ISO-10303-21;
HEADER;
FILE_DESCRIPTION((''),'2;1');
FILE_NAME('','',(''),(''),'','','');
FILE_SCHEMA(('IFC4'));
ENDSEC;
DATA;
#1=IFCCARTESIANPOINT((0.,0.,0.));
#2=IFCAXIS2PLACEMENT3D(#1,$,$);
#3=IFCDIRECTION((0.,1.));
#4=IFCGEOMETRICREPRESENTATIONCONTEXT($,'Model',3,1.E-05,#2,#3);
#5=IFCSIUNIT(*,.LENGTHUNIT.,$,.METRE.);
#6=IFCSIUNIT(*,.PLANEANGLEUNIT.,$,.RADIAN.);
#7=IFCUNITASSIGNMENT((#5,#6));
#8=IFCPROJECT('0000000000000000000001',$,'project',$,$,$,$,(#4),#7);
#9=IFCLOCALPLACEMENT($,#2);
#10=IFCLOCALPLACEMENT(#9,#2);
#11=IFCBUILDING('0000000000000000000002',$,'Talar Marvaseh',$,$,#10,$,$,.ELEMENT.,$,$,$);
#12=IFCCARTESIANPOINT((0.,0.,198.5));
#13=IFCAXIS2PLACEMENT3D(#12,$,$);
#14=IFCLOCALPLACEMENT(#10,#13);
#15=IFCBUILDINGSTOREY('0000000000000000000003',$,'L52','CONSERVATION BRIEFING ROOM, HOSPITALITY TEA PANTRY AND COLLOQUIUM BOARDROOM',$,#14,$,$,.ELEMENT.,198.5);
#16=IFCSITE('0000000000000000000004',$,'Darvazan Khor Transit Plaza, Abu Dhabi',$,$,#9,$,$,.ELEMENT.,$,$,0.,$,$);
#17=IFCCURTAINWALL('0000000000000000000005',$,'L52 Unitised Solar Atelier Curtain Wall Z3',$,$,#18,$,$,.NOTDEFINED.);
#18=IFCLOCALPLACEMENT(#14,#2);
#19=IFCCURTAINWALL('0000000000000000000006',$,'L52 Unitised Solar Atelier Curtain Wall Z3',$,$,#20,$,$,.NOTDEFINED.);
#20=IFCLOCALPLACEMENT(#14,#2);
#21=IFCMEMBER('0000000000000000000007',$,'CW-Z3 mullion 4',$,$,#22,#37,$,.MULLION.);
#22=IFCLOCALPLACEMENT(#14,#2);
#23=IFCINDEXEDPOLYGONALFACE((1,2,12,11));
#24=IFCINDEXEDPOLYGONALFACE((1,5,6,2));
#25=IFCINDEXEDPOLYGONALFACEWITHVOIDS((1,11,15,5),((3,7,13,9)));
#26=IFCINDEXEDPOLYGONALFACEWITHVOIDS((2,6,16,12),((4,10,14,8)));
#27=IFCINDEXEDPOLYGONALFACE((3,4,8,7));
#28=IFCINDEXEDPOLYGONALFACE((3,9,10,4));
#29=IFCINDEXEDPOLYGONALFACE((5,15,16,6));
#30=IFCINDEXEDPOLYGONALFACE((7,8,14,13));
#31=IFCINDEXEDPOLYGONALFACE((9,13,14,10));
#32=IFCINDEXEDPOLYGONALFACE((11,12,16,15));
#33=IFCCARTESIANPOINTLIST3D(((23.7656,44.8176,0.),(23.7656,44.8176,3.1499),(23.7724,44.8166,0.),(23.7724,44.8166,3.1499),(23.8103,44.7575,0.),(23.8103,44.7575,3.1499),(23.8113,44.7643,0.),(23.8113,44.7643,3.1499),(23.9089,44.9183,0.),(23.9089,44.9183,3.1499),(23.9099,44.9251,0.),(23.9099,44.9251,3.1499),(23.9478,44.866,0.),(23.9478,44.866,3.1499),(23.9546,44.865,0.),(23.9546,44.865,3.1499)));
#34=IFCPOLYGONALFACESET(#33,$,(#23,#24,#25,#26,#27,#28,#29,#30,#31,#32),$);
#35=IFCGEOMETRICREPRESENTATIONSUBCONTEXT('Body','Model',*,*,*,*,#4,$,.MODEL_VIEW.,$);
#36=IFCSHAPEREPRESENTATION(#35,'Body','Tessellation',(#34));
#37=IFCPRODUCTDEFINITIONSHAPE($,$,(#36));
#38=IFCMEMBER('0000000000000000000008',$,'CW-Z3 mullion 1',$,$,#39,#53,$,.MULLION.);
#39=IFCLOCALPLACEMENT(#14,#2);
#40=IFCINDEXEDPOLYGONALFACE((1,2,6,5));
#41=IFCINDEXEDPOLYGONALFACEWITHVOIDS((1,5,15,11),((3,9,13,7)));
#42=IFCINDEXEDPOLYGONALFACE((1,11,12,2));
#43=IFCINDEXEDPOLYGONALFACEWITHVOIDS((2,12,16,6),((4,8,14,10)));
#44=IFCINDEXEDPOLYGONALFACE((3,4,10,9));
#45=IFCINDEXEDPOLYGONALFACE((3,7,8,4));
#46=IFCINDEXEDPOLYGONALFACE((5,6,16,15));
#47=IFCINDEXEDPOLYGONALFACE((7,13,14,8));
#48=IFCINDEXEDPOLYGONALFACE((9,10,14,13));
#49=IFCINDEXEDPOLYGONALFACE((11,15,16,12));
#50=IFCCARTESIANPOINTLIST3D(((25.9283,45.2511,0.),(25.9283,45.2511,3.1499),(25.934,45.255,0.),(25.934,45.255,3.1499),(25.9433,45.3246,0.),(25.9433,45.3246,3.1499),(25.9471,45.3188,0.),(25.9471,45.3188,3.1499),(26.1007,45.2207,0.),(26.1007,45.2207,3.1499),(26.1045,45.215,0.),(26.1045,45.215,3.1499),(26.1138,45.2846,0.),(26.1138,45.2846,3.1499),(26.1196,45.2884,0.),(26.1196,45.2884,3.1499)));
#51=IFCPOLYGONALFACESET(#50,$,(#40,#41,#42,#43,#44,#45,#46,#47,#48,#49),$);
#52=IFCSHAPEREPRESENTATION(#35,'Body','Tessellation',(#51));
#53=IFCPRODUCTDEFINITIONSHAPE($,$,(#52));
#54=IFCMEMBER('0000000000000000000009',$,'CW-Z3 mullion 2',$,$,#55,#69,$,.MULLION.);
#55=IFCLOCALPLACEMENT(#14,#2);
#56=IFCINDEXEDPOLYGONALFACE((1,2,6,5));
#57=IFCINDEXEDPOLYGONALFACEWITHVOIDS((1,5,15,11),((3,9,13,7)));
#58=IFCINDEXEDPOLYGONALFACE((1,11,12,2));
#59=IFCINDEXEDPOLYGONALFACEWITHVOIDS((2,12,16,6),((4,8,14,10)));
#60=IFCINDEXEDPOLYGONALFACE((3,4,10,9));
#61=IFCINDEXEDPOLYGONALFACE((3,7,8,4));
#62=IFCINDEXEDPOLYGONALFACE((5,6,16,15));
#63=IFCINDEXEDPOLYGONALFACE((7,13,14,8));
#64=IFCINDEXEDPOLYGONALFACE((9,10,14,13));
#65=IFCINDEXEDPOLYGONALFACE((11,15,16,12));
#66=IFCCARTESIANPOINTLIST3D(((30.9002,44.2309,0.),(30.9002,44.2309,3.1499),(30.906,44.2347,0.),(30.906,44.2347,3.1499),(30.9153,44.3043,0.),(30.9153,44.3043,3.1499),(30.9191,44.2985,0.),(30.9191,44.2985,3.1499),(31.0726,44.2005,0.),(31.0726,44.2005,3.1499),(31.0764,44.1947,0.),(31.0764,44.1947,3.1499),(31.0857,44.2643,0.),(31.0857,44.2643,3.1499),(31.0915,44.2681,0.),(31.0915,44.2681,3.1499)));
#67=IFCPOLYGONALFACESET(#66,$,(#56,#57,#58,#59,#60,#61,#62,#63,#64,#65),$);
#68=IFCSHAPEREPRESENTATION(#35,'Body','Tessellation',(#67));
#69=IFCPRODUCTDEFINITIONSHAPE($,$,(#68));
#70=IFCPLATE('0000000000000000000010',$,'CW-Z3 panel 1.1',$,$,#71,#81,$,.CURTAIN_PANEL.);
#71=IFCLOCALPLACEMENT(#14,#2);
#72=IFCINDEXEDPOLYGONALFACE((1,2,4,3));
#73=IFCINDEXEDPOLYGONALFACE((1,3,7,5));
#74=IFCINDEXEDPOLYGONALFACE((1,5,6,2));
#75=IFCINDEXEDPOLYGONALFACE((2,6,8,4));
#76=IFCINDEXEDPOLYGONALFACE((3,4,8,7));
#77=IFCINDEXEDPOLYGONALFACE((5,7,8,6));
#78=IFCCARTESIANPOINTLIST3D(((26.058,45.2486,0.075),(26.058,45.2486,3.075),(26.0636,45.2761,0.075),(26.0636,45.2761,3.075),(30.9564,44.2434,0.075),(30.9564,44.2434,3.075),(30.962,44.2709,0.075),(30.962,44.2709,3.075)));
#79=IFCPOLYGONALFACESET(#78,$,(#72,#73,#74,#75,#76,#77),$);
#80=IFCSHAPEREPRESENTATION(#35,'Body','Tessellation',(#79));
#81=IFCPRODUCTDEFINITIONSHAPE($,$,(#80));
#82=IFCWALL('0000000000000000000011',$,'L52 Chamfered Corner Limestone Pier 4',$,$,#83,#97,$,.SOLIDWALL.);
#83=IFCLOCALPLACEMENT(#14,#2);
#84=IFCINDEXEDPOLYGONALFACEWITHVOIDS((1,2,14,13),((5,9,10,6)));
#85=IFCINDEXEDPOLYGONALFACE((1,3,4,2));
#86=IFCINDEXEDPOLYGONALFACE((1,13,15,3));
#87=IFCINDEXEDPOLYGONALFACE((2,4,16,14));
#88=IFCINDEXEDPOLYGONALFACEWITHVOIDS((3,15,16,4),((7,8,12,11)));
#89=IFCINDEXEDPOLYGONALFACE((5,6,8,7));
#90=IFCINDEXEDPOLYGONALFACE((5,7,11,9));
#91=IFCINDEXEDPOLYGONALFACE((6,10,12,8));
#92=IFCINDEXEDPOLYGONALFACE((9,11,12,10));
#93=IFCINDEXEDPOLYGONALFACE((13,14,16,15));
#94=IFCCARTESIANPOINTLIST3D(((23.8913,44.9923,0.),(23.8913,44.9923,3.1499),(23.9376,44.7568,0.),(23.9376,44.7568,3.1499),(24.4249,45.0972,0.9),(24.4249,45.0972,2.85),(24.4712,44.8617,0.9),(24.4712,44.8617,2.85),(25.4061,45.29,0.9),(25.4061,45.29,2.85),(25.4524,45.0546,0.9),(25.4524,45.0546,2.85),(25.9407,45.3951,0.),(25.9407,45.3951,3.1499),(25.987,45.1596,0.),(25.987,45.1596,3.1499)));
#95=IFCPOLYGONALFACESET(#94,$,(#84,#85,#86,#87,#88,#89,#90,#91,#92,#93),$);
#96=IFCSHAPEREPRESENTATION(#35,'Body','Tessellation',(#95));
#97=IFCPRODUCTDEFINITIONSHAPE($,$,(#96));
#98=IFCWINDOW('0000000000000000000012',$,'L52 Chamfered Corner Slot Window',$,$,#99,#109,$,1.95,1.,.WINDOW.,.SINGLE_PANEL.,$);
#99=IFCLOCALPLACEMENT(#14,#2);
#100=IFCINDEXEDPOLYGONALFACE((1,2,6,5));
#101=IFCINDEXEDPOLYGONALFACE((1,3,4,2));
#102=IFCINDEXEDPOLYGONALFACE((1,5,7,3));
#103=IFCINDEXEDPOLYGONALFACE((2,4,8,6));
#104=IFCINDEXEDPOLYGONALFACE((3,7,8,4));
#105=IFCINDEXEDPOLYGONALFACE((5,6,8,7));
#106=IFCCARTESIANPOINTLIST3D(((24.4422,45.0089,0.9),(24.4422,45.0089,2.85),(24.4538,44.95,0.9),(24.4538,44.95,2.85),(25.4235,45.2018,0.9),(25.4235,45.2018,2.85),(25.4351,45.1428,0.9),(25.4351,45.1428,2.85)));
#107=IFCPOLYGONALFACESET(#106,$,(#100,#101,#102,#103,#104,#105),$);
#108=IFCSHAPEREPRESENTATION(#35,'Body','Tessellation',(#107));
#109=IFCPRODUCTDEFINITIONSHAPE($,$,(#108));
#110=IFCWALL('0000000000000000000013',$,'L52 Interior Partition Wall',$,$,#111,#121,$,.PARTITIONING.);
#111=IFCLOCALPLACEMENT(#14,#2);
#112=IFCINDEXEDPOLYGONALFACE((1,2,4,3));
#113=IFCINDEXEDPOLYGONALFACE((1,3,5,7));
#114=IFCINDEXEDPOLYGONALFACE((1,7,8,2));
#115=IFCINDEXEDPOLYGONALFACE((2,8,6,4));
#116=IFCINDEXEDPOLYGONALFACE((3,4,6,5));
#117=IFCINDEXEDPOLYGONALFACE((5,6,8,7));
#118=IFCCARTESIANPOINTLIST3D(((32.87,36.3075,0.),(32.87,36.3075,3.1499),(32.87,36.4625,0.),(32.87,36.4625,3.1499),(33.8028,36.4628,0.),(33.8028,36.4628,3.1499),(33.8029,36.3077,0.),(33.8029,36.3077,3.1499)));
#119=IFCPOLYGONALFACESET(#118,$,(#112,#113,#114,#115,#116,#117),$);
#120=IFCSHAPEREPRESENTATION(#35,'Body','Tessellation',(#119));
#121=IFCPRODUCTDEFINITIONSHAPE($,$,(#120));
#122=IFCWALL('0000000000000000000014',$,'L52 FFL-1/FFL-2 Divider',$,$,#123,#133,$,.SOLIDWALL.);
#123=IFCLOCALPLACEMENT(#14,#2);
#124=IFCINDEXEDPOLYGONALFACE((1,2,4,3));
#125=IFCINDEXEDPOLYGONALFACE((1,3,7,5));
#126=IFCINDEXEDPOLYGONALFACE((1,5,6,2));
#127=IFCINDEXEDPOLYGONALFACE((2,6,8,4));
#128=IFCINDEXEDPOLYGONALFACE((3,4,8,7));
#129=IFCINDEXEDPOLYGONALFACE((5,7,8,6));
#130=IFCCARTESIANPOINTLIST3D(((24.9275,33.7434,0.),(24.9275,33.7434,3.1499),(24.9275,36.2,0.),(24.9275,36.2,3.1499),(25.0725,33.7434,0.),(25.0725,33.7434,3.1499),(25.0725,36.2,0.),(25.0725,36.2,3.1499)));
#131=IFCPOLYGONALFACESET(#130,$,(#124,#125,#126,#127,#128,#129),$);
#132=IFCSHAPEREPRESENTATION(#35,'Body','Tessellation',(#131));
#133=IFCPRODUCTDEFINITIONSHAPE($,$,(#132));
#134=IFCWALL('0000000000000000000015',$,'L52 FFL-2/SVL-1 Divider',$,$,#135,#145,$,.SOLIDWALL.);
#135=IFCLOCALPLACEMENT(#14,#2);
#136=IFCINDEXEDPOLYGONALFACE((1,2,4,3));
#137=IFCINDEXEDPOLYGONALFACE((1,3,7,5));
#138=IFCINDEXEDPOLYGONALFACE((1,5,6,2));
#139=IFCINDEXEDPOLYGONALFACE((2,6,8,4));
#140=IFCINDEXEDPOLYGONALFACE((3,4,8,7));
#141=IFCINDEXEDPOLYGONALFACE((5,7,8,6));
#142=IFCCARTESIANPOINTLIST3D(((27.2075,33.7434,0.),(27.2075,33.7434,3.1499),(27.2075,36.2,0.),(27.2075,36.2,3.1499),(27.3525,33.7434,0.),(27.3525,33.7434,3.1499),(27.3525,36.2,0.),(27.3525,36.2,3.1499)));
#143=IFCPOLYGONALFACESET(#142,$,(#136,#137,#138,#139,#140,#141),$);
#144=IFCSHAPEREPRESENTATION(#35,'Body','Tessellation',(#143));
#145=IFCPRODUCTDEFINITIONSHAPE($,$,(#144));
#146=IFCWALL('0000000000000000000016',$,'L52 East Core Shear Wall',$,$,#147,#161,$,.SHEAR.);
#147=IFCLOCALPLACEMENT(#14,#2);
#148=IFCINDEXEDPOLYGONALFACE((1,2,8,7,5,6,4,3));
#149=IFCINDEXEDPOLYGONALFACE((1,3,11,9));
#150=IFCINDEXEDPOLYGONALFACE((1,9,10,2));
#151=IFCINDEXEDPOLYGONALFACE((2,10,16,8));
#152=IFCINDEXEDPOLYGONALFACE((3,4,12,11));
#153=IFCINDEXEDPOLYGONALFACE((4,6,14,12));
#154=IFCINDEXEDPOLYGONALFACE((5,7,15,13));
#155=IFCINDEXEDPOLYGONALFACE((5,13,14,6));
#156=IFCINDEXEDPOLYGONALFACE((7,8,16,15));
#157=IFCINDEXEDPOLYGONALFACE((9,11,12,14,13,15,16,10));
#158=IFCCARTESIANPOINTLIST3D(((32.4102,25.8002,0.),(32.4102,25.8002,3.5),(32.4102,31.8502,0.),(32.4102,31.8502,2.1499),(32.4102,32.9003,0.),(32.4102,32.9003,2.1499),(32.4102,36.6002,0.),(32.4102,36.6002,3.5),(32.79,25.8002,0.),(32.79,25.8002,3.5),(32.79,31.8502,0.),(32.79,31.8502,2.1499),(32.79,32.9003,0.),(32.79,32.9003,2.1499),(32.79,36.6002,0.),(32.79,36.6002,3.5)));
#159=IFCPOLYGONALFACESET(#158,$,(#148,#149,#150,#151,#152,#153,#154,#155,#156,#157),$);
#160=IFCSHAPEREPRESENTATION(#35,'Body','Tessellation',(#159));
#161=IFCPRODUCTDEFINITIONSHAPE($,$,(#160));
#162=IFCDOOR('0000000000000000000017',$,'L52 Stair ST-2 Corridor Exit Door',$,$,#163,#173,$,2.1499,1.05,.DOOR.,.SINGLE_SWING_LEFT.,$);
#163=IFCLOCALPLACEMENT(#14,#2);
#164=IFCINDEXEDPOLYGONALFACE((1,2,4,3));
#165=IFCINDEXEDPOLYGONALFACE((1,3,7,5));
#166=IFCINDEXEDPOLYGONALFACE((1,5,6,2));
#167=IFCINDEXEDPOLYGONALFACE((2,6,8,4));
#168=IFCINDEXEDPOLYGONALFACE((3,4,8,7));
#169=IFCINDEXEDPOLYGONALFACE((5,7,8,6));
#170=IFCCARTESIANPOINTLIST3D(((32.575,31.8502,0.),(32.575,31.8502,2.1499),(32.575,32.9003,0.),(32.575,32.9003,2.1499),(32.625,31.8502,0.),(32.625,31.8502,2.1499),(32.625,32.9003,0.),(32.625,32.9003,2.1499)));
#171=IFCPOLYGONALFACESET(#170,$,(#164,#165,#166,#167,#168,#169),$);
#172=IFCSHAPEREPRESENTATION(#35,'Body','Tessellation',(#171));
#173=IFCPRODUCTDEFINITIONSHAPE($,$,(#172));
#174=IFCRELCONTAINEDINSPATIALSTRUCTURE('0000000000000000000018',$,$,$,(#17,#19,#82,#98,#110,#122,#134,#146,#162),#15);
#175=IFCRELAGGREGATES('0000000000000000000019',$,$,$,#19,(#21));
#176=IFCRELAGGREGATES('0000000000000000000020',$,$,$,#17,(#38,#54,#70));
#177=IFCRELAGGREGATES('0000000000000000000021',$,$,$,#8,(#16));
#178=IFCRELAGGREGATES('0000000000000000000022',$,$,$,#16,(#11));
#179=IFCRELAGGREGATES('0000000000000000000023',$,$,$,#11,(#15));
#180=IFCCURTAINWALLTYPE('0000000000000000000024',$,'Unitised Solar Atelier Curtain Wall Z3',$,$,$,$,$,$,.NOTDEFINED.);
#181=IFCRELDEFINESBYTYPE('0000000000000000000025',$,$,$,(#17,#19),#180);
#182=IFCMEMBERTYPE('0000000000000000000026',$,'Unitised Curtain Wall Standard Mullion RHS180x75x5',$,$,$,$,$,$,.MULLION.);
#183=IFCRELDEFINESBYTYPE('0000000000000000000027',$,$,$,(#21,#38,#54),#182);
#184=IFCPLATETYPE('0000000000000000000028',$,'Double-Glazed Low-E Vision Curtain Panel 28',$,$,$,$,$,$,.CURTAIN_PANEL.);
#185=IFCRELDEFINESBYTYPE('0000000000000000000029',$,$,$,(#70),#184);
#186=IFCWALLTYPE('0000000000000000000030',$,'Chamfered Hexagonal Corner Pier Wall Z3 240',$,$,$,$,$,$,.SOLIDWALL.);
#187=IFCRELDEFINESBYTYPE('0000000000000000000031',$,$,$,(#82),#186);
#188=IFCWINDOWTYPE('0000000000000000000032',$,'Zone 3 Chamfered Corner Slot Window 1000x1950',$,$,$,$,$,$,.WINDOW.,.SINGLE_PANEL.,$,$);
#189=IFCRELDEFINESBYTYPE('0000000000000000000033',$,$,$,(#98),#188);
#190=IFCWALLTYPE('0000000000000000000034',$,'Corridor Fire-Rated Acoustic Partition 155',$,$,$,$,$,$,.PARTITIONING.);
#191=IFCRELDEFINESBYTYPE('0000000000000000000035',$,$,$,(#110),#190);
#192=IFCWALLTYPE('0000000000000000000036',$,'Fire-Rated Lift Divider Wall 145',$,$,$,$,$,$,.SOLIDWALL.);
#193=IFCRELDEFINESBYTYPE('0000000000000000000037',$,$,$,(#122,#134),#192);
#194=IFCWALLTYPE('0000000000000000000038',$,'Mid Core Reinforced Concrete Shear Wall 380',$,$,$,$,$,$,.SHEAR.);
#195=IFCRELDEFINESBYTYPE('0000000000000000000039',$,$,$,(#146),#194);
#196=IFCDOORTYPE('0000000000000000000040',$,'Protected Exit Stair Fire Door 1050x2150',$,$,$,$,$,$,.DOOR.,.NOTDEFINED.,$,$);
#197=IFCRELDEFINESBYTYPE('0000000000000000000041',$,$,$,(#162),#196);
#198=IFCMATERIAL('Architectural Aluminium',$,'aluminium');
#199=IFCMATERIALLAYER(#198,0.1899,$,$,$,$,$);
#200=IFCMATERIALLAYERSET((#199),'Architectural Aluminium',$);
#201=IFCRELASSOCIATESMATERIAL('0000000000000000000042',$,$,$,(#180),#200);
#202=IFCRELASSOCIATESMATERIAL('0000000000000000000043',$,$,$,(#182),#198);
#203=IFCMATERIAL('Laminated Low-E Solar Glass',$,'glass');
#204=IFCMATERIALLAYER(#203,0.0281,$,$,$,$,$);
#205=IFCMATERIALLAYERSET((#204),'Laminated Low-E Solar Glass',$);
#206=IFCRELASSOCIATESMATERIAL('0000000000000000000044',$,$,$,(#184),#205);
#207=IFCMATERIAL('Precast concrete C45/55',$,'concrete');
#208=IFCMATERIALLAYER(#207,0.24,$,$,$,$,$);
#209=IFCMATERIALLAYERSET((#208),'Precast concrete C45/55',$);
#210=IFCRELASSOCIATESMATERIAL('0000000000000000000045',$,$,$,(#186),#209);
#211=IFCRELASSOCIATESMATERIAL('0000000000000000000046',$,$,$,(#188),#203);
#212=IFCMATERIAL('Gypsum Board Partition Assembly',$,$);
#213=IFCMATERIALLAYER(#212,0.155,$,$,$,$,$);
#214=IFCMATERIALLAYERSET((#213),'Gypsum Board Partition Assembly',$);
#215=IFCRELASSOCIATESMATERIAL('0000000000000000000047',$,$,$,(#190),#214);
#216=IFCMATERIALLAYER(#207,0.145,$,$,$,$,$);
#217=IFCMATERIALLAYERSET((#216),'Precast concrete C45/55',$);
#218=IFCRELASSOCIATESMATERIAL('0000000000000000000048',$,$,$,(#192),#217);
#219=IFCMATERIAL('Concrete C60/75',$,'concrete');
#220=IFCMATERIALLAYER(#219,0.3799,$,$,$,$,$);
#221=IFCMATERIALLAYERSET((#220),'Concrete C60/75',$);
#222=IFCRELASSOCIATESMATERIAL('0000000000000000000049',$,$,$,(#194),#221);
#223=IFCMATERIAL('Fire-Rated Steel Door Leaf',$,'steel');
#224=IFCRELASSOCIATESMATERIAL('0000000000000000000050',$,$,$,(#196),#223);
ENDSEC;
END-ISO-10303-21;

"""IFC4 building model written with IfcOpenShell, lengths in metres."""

from ifc_helpers import new_model, si_unit, direction, frame, frame_2d, origin, origin_2d, place, context, subcontext, project, spatial, rectangle, hollow_rectangle, extrude, source, transform, mapped, material, layer, layer_set, material_profile, profile_set, type_object, type_shapes, element, fill, aggregate, save


model = new_model("IFC4")

# Units and contexts
model_context = context("Model", 3, precision=1e-05, world=origin(), true_north=direction((0.0, 1.0)))
body_context = subcontext(model_context, "Body", "Model", "MODEL_VIEW")
ifc_project = project(units=[si_unit("LENGTHUNIT", "METRE"), si_unit("PLANEANGLEUNIT", "RADIAN")], contexts=[model_context])

# Site, building, storey
site_placement = place(None, origin())
site = spatial("IfcSite", under=ifc_project, at=site_placement, Name="Darvazan Khor Transit Plaza, Abu Dhabi", CompositionType="ELEMENT", RefElevation=0.0)
building_placement = place(site_placement, origin())
building = spatial("IfcBuilding", under=site, at=building_placement, Name="Talar Marvaseh", CompositionType="ELEMENT")
storey_placement = place(building_placement, frame((0.0, 0.0, 198.5)))
storey = spatial("IfcBuildingStorey", under=building, at=storey_placement, Name="L52", Description="CONSERVATION BRIEFING ROOM, HOSPITALITY TEA PANTRY AND COLLOQUIUM BOARDROOM", CompositionType="ELEMENT", Elevation=198.5)

# Shared definitions
ifc_material_1 = material(Name="Concrete C60/75", Category="concrete")

# Curtain wall
ifc_material_2 = material(Name="Architectural Aluminium", Category="aluminium")
ifc_layer_1 = layer(ifc_material_2, 0.1899)
ifc_layer_set_1 = layer_set([ifc_layer_1], Name="Architectural Aluminium")
curtain_wall_type = type_object("IfcCurtainWallType", Name="Unitised Solar Atelier Curtain Wall Z3", PredefinedType="NOTDEFINED", material=ifc_layer_set_1)
curtain_wall_1_placement = place(storey_placement, origin())
curtain_wall_1 = element("IfcCurtainWall", 1, at=curtain_wall_1_placement, inside=storey, type_object=curtain_wall_type, Name="L52 Unitised Solar Atelier Curtain Wall Z3", PredefinedType="NOTDEFINED")

# Curtain wall, member
curtain_wall_2_placement = place(storey_placement, origin())
curtain_wall_2 = element("IfcCurtainWall", 2, at=curtain_wall_2_placement, inside=storey, type_object=curtain_wall_type, Name="L52 Unitised Solar Atelier Curtain Wall Z3", PredefinedType="NOTDEFINED")
ifc_material_profile_1 = material_profile(ifc_material_2, hollow_rectangle(XDim=0.075, YDim=0.1799, WallThickness=0.0049, at=origin_2d()), Name="RHS180x75x5")
ifc_profile_set_1 = profile_set([ifc_material_profile_1], Name="Architectural Aluminium")
member_type_1 = type_object("IfcMemberType", Name="Unitised Curtain Wall Standard Mullion RHS180x75x5", PredefinedType="MULLION", material=ifc_profile_set_1)
shared_shape_1 = source(origin(), body_context, "Body", "SweptSolid", [
    extrude(hollow_rectangle(XDim=0.075, YDim=0.1799, WallThickness=0.0049, at=origin_2d()), origin(), (0.0, 0.0, 1.0), 3.1499),
])
type_shapes(member_type_1, [shared_shape_1])
member_1_placement = place(storey_placement, frame((23.8601, 44.8413, 0.0), z_axis=(0.0, 0.0, 1.0), x_axis=(-0.597376, 0.801961, 0.0)))
member_1 = element("IfcMember", 3, at=member_1_placement, type_object=member_type_1, Name="CW-Z3 mullion 4", PredefinedType="MULLION", context=body_context, shape_type="MappedRepresentation", body=[
    mapped(shared_shape_1, transform((0.0, 0.0, 0.0), x_axis=(1.0, 0.0, 0.0), y_axis=(0.0, 1.0, 0.0), z_axis=(0.0, 0.0, 1.0), scale=1.0)),
])
aggregate(curtain_wall_2, [member_1])

# Members
member_2_placement = place(storey_placement, frame((26.0239, 45.2698, 0.0), z_axis=(0.0, 0.0, 1.0), x_axis=(0.201011, 0.979589, 0.0)))
member_2 = element("IfcMember", 4, at=member_2_placement, type_object=member_type_1, Name="CW-Z3 mullion 1", PredefinedType="MULLION", context=body_context, shape_type="MappedRepresentation", body=[
    mapped(shared_shape_1, transform((0.0, 0.0, 0.0), x_axis=(1.0, 0.0, 0.0), y_axis=(0.0, 1.0, 0.0), z_axis=(0.0, 0.0, 1.0), scale=1.0)),
])
member_3_placement = place(storey_placement, frame((30.9958, 44.2495, 0.0), z_axis=(0.0, 0.0, 1.0), x_axis=(0.201011, 0.979589, 0.0)))
member_3 = element("IfcMember", 5, at=member_3_placement, type_object=member_type_1, Name="CW-Z3 mullion 2", PredefinedType="MULLION", context=body_context, shape_type="MappedRepresentation", body=[
    mapped(shared_shape_1, transform((0.0, 0.0, 0.0), x_axis=(1.0, 0.0, 0.0), y_axis=(0.0, 1.0, 0.0), z_axis=(0.0, 0.0, 1.0), scale=1.0)),
])

# Plate
ifc_material_3 = material(Name="Laminated Low-E Solar Glass", Category="glass")
ifc_layer_2 = layer(ifc_material_3, 0.0281)
ifc_layer_set_2 = layer_set([ifc_layer_2], Name="Laminated Low-E Solar Glass")
plate_type = type_object("IfcPlateType", Name="Double-Glazed Low-E Vision Curtain Panel 28", PredefinedType="CURTAIN_PANEL", material=ifc_layer_set_2)
shared_shape_2 = source(origin(), body_context, "Body", "SweptSolid", [
    extrude(rectangle(XDim=5.0005, YDim=0.0281, at=origin_2d()), origin(), (0.0, 0.0, 1.0), 3.0),
])
type_shapes(plate_type, [shared_shape_2])
plate_placement = place(storey_placement, frame((28.51, 44.7598, 0.075), z_axis=(0.0, 0.0, 1.0), x_axis=(0.979589, -0.201011, 0.0)))
plate = element("IfcPlate", 6, at=plate_placement, type_object=plate_type, Name="CW-Z3 panel 1.1", PredefinedType="CURTAIN_PANEL", context=body_context, shape_type="MappedRepresentation", body=[
    mapped(shared_shape_2, transform((0.0, 0.0, 0.0), x_axis=(1.0, 0.0, 0.0), y_axis=(0.0, 1.0, 0.0), z_axis=(0.0, 0.0, 1.0), scale=1.0)),
])
aggregate(curtain_wall_1, [member_2, member_3, plate])

# Wall, opening, window
ifc_material_4 = material(Name="Precast concrete C45/55", Category="concrete")
ifc_layer_3 = layer(ifc_material_4, 0.24)
ifc_layer_set_3 = layer_set([ifc_layer_3], Name="Precast concrete C45/55")
wall_type_1 = type_object("IfcWallType", Name="Chamfered Hexagonal Corner Pier Wall Z3 240", PredefinedType="SOLIDWALL", material=ifc_layer_set_3)
wall_1_placement = place(storey_placement, frame((23.9143, 44.8745, 0.0), z_axis=(0.0, 0.0, 1.0), x_axis=(0.981223, 0.192878, 0.0)))
wall_1 = element("IfcWall", 7, at=wall_1_placement, inside=storey, type_object=wall_type_1, Name="L52 Chamfered Corner Limestone Pier 4", PredefinedType="SOLIDWALL", context=body_context, shape_type="SweptSolid", body=[
    extrude(rectangle(XDim=2.0886, YDim=0.24, at=frame_2d((1.0444, 0.0))), origin(), (0.0, 0.0, 1.0), 3.1499),
])
opening_1_placement = place(wall_1_placement, frame((0.5439, 0.0, 0.8999)))
opening_1 = element("IfcOpeningElement", 8, at=opening_1_placement, cuts=wall_1, PredefinedType="OPENING", context=body_context, shape_type="SweptSolid", body=[
    extrude(rectangle(XDim=1.0, YDim=1.95, at=frame_2d((0.5, 0.9751))), frame((0.0, 0.1299, 0.0), z_axis=(0.0, -1.0, 0.0), x_axis=(1.0, 0.0, 0.0)), (0.0, 0.0, 1.0), 0.26),
])
window_type = type_object("IfcWindowType", Name="Zone 3 Chamfered Corner Slot Window 1000x1950", PartitioningType="SINGLE_PANEL", PredefinedType="WINDOW", material=ifc_material_3)
shared_shape_3 = source(origin(), body_context, "Body", "SweptSolid", [
    extrude(rectangle(XDim=1.0, YDim=1.95, at=frame_2d((0.5, 0.9751))), frame((0.0, 0.03, 0.0), z_axis=(0.0, -1.0, 0.0), x_axis=(1.0, 0.0, 0.0)), (0.0, 0.0, 1.0), 0.0601),
])
type_shapes(window_type, [shared_shape_3])
window_placement = place(opening_1_placement, origin())
window = element("IfcWindow", 9, at=window_placement, inside=storey, type_object=window_type, Name="L52 Chamfered Corner Slot Window", OverallHeight=1.95, OverallWidth=1.0, PartitioningType="SINGLE_PANEL", PredefinedType="WINDOW", context=body_context, shape_type="MappedRepresentation", body=[
    mapped(shared_shape_3, transform((0.0, 0.0, 0.0), x_axis=(1.0, 0.0, 0.0), y_axis=(0.0, 1.0, 0.0), z_axis=(0.0, 0.0, 1.0), scale=1.0)),
])
fill(opening_1, window)

# Walls
ifc_material_5 = material(Name="Gypsum Board Partition Assembly")
ifc_layer_4 = layer(ifc_material_5, 0.155)
ifc_layer_set_4 = layer_set([ifc_layer_4], Name="Gypsum Board Partition Assembly")
wall_type_2 = type_object("IfcWallType", Name="Corridor Fire-Rated Acoustic Partition 155", PredefinedType="PARTITIONING", material=ifc_layer_set_4)
wall_2_placement = place(storey_placement, frame((32.8701, 36.385, 0.0), z_axis=(0.0, 0.0, 1.0), x_axis=(1.0, 0.000262, 0.0)))
element("IfcWall", 10, at=wall_2_placement, inside=storey, type_object=wall_type_2, Name="L52 Interior Partition Wall", PredefinedType="PARTITIONING", context=body_context, shape_type="SweptSolid", body=[
    extrude(rectangle(XDim=0.9329, YDim=0.155, at=frame_2d((0.4663, 0.0))), origin(), (0.0, 0.0, 1.0), 3.1499),
])
ifc_layer_5 = layer(ifc_material_4, 0.145)
ifc_layer_set_5 = layer_set([ifc_layer_5], Name="Precast concrete C45/55")
wall_type_3 = type_object("IfcWallType", Name="Fire-Rated Lift Divider Wall 145", PredefinedType="SOLIDWALL", material=ifc_layer_set_5)
for number, where, z_axis, x_axis, name in (
    (11, (25.0, 33.7434, 0.0), (0.0, 0.0, 1.0), (0.0, 1.0, 0.0), "L52 FFL-1/FFL-2 Divider"),
    (12, (27.28, 33.7434, 0.0), (0.0, 0.0, 1.0), (0.0, 1.0, 0.0), "L52 FFL-2/SVL-1 Divider"),
):
    element("IfcWall", number, at=place(storey_placement, frame(where, z_axis=z_axis, x_axis=x_axis)), inside=storey, type_object=wall_type_3, Name=name, PredefinedType="SOLIDWALL", context=body_context, shape_type="SweptSolid", body=[
        extrude(rectangle(XDim=2.4565, YDim=0.145, at=frame_2d((1.2283, 0.0))), origin(), (0.0, 0.0, 1.0), 3.1499),
    ])

# Wall, opening, door
ifc_layer_6 = layer(ifc_material_1, 0.3799)
ifc_layer_set_6 = layer_set([ifc_layer_6], Name="Concrete C60/75")
wall_type_4 = type_object("IfcWallType", Name="Mid Core Reinforced Concrete Shear Wall 380", PredefinedType="SHEAR", material=ifc_layer_set_6)
wall_3_placement = place(storey_placement, frame((32.6001, 36.6001, 0.0), z_axis=(0.0, 0.0, 1.0), x_axis=(0.0, -1.0, 0.0)))
wall_3 = element("IfcWall", 13, at=wall_3_placement, inside=storey, type_object=wall_type_4, Name="L52 East Core Shear Wall", PredefinedType="SHEAR", context=body_context, shape_type="SweptSolid", body=[
    extrude(rectangle(XDim=10.8, YDim=0.3799, at=frame_2d((5.3999, 0.0))), origin(), (0.0, 0.0, 1.0), 3.5),
])
opening_2_placement = place(wall_3_placement, frame((3.7, 0.0, 0.0)))
opening_2 = element("IfcOpeningElement", 14, at=opening_2_placement, cuts=wall_3, PredefinedType="OPENING", context=body_context, shape_type="SweptSolid", body=[
    extrude(rectangle(XDim=1.05, YDim=2.1499, at=frame_2d((0.5249, 1.075))), frame((0.0, 0.2, 0.0), z_axis=(0.0, -1.0, 0.0), x_axis=(1.0, 0.0, 0.0)), (0.0, 0.0, 1.0), 0.3999),
])
ifc_material_6 = material(Name="Fire-Rated Steel Door Leaf", Category="steel")
door_type = type_object("IfcDoorType", Name="Protected Exit Stair Fire Door 1050x2150", OperationType="NOTDEFINED", PredefinedType="DOOR", material=ifc_material_6)
shared_shape_4 = source(origin(), body_context, "Body", "SweptSolid", [
    extrude(rectangle(XDim=1.05, YDim=2.1499, at=frame_2d((0.5249, 1.075))), frame((0.0, 0.0249, 0.0), z_axis=(0.0, -1.0, 0.0), x_axis=(1.0, 0.0, 0.0)), (0.0, 0.0, 1.0), 0.05),
])
type_shapes(door_type, [shared_shape_4])
door_placement = place(opening_2_placement, origin())
door = element("IfcDoor", 15, at=door_placement, inside=storey, type_object=door_type, Name="L52 Stair ST-2 Corridor Exit Door", OperationType="SINGLE_SWING_LEFT", OverallHeight=2.1499, OverallWidth=1.05, PredefinedType="DOOR", context=body_context, shape_type="MappedRepresentation", body=[
    mapped(shared_shape_4, transform((0.0, 0.0, 0.0), x_axis=(1.0, 0.0, 0.0), y_axis=(0.0, 1.0, 0.0), z_axis=(0.0, 0.0, 1.0), scale=1.0)),
])
fill(opening_2, door)

save(model, "model.ifc")
